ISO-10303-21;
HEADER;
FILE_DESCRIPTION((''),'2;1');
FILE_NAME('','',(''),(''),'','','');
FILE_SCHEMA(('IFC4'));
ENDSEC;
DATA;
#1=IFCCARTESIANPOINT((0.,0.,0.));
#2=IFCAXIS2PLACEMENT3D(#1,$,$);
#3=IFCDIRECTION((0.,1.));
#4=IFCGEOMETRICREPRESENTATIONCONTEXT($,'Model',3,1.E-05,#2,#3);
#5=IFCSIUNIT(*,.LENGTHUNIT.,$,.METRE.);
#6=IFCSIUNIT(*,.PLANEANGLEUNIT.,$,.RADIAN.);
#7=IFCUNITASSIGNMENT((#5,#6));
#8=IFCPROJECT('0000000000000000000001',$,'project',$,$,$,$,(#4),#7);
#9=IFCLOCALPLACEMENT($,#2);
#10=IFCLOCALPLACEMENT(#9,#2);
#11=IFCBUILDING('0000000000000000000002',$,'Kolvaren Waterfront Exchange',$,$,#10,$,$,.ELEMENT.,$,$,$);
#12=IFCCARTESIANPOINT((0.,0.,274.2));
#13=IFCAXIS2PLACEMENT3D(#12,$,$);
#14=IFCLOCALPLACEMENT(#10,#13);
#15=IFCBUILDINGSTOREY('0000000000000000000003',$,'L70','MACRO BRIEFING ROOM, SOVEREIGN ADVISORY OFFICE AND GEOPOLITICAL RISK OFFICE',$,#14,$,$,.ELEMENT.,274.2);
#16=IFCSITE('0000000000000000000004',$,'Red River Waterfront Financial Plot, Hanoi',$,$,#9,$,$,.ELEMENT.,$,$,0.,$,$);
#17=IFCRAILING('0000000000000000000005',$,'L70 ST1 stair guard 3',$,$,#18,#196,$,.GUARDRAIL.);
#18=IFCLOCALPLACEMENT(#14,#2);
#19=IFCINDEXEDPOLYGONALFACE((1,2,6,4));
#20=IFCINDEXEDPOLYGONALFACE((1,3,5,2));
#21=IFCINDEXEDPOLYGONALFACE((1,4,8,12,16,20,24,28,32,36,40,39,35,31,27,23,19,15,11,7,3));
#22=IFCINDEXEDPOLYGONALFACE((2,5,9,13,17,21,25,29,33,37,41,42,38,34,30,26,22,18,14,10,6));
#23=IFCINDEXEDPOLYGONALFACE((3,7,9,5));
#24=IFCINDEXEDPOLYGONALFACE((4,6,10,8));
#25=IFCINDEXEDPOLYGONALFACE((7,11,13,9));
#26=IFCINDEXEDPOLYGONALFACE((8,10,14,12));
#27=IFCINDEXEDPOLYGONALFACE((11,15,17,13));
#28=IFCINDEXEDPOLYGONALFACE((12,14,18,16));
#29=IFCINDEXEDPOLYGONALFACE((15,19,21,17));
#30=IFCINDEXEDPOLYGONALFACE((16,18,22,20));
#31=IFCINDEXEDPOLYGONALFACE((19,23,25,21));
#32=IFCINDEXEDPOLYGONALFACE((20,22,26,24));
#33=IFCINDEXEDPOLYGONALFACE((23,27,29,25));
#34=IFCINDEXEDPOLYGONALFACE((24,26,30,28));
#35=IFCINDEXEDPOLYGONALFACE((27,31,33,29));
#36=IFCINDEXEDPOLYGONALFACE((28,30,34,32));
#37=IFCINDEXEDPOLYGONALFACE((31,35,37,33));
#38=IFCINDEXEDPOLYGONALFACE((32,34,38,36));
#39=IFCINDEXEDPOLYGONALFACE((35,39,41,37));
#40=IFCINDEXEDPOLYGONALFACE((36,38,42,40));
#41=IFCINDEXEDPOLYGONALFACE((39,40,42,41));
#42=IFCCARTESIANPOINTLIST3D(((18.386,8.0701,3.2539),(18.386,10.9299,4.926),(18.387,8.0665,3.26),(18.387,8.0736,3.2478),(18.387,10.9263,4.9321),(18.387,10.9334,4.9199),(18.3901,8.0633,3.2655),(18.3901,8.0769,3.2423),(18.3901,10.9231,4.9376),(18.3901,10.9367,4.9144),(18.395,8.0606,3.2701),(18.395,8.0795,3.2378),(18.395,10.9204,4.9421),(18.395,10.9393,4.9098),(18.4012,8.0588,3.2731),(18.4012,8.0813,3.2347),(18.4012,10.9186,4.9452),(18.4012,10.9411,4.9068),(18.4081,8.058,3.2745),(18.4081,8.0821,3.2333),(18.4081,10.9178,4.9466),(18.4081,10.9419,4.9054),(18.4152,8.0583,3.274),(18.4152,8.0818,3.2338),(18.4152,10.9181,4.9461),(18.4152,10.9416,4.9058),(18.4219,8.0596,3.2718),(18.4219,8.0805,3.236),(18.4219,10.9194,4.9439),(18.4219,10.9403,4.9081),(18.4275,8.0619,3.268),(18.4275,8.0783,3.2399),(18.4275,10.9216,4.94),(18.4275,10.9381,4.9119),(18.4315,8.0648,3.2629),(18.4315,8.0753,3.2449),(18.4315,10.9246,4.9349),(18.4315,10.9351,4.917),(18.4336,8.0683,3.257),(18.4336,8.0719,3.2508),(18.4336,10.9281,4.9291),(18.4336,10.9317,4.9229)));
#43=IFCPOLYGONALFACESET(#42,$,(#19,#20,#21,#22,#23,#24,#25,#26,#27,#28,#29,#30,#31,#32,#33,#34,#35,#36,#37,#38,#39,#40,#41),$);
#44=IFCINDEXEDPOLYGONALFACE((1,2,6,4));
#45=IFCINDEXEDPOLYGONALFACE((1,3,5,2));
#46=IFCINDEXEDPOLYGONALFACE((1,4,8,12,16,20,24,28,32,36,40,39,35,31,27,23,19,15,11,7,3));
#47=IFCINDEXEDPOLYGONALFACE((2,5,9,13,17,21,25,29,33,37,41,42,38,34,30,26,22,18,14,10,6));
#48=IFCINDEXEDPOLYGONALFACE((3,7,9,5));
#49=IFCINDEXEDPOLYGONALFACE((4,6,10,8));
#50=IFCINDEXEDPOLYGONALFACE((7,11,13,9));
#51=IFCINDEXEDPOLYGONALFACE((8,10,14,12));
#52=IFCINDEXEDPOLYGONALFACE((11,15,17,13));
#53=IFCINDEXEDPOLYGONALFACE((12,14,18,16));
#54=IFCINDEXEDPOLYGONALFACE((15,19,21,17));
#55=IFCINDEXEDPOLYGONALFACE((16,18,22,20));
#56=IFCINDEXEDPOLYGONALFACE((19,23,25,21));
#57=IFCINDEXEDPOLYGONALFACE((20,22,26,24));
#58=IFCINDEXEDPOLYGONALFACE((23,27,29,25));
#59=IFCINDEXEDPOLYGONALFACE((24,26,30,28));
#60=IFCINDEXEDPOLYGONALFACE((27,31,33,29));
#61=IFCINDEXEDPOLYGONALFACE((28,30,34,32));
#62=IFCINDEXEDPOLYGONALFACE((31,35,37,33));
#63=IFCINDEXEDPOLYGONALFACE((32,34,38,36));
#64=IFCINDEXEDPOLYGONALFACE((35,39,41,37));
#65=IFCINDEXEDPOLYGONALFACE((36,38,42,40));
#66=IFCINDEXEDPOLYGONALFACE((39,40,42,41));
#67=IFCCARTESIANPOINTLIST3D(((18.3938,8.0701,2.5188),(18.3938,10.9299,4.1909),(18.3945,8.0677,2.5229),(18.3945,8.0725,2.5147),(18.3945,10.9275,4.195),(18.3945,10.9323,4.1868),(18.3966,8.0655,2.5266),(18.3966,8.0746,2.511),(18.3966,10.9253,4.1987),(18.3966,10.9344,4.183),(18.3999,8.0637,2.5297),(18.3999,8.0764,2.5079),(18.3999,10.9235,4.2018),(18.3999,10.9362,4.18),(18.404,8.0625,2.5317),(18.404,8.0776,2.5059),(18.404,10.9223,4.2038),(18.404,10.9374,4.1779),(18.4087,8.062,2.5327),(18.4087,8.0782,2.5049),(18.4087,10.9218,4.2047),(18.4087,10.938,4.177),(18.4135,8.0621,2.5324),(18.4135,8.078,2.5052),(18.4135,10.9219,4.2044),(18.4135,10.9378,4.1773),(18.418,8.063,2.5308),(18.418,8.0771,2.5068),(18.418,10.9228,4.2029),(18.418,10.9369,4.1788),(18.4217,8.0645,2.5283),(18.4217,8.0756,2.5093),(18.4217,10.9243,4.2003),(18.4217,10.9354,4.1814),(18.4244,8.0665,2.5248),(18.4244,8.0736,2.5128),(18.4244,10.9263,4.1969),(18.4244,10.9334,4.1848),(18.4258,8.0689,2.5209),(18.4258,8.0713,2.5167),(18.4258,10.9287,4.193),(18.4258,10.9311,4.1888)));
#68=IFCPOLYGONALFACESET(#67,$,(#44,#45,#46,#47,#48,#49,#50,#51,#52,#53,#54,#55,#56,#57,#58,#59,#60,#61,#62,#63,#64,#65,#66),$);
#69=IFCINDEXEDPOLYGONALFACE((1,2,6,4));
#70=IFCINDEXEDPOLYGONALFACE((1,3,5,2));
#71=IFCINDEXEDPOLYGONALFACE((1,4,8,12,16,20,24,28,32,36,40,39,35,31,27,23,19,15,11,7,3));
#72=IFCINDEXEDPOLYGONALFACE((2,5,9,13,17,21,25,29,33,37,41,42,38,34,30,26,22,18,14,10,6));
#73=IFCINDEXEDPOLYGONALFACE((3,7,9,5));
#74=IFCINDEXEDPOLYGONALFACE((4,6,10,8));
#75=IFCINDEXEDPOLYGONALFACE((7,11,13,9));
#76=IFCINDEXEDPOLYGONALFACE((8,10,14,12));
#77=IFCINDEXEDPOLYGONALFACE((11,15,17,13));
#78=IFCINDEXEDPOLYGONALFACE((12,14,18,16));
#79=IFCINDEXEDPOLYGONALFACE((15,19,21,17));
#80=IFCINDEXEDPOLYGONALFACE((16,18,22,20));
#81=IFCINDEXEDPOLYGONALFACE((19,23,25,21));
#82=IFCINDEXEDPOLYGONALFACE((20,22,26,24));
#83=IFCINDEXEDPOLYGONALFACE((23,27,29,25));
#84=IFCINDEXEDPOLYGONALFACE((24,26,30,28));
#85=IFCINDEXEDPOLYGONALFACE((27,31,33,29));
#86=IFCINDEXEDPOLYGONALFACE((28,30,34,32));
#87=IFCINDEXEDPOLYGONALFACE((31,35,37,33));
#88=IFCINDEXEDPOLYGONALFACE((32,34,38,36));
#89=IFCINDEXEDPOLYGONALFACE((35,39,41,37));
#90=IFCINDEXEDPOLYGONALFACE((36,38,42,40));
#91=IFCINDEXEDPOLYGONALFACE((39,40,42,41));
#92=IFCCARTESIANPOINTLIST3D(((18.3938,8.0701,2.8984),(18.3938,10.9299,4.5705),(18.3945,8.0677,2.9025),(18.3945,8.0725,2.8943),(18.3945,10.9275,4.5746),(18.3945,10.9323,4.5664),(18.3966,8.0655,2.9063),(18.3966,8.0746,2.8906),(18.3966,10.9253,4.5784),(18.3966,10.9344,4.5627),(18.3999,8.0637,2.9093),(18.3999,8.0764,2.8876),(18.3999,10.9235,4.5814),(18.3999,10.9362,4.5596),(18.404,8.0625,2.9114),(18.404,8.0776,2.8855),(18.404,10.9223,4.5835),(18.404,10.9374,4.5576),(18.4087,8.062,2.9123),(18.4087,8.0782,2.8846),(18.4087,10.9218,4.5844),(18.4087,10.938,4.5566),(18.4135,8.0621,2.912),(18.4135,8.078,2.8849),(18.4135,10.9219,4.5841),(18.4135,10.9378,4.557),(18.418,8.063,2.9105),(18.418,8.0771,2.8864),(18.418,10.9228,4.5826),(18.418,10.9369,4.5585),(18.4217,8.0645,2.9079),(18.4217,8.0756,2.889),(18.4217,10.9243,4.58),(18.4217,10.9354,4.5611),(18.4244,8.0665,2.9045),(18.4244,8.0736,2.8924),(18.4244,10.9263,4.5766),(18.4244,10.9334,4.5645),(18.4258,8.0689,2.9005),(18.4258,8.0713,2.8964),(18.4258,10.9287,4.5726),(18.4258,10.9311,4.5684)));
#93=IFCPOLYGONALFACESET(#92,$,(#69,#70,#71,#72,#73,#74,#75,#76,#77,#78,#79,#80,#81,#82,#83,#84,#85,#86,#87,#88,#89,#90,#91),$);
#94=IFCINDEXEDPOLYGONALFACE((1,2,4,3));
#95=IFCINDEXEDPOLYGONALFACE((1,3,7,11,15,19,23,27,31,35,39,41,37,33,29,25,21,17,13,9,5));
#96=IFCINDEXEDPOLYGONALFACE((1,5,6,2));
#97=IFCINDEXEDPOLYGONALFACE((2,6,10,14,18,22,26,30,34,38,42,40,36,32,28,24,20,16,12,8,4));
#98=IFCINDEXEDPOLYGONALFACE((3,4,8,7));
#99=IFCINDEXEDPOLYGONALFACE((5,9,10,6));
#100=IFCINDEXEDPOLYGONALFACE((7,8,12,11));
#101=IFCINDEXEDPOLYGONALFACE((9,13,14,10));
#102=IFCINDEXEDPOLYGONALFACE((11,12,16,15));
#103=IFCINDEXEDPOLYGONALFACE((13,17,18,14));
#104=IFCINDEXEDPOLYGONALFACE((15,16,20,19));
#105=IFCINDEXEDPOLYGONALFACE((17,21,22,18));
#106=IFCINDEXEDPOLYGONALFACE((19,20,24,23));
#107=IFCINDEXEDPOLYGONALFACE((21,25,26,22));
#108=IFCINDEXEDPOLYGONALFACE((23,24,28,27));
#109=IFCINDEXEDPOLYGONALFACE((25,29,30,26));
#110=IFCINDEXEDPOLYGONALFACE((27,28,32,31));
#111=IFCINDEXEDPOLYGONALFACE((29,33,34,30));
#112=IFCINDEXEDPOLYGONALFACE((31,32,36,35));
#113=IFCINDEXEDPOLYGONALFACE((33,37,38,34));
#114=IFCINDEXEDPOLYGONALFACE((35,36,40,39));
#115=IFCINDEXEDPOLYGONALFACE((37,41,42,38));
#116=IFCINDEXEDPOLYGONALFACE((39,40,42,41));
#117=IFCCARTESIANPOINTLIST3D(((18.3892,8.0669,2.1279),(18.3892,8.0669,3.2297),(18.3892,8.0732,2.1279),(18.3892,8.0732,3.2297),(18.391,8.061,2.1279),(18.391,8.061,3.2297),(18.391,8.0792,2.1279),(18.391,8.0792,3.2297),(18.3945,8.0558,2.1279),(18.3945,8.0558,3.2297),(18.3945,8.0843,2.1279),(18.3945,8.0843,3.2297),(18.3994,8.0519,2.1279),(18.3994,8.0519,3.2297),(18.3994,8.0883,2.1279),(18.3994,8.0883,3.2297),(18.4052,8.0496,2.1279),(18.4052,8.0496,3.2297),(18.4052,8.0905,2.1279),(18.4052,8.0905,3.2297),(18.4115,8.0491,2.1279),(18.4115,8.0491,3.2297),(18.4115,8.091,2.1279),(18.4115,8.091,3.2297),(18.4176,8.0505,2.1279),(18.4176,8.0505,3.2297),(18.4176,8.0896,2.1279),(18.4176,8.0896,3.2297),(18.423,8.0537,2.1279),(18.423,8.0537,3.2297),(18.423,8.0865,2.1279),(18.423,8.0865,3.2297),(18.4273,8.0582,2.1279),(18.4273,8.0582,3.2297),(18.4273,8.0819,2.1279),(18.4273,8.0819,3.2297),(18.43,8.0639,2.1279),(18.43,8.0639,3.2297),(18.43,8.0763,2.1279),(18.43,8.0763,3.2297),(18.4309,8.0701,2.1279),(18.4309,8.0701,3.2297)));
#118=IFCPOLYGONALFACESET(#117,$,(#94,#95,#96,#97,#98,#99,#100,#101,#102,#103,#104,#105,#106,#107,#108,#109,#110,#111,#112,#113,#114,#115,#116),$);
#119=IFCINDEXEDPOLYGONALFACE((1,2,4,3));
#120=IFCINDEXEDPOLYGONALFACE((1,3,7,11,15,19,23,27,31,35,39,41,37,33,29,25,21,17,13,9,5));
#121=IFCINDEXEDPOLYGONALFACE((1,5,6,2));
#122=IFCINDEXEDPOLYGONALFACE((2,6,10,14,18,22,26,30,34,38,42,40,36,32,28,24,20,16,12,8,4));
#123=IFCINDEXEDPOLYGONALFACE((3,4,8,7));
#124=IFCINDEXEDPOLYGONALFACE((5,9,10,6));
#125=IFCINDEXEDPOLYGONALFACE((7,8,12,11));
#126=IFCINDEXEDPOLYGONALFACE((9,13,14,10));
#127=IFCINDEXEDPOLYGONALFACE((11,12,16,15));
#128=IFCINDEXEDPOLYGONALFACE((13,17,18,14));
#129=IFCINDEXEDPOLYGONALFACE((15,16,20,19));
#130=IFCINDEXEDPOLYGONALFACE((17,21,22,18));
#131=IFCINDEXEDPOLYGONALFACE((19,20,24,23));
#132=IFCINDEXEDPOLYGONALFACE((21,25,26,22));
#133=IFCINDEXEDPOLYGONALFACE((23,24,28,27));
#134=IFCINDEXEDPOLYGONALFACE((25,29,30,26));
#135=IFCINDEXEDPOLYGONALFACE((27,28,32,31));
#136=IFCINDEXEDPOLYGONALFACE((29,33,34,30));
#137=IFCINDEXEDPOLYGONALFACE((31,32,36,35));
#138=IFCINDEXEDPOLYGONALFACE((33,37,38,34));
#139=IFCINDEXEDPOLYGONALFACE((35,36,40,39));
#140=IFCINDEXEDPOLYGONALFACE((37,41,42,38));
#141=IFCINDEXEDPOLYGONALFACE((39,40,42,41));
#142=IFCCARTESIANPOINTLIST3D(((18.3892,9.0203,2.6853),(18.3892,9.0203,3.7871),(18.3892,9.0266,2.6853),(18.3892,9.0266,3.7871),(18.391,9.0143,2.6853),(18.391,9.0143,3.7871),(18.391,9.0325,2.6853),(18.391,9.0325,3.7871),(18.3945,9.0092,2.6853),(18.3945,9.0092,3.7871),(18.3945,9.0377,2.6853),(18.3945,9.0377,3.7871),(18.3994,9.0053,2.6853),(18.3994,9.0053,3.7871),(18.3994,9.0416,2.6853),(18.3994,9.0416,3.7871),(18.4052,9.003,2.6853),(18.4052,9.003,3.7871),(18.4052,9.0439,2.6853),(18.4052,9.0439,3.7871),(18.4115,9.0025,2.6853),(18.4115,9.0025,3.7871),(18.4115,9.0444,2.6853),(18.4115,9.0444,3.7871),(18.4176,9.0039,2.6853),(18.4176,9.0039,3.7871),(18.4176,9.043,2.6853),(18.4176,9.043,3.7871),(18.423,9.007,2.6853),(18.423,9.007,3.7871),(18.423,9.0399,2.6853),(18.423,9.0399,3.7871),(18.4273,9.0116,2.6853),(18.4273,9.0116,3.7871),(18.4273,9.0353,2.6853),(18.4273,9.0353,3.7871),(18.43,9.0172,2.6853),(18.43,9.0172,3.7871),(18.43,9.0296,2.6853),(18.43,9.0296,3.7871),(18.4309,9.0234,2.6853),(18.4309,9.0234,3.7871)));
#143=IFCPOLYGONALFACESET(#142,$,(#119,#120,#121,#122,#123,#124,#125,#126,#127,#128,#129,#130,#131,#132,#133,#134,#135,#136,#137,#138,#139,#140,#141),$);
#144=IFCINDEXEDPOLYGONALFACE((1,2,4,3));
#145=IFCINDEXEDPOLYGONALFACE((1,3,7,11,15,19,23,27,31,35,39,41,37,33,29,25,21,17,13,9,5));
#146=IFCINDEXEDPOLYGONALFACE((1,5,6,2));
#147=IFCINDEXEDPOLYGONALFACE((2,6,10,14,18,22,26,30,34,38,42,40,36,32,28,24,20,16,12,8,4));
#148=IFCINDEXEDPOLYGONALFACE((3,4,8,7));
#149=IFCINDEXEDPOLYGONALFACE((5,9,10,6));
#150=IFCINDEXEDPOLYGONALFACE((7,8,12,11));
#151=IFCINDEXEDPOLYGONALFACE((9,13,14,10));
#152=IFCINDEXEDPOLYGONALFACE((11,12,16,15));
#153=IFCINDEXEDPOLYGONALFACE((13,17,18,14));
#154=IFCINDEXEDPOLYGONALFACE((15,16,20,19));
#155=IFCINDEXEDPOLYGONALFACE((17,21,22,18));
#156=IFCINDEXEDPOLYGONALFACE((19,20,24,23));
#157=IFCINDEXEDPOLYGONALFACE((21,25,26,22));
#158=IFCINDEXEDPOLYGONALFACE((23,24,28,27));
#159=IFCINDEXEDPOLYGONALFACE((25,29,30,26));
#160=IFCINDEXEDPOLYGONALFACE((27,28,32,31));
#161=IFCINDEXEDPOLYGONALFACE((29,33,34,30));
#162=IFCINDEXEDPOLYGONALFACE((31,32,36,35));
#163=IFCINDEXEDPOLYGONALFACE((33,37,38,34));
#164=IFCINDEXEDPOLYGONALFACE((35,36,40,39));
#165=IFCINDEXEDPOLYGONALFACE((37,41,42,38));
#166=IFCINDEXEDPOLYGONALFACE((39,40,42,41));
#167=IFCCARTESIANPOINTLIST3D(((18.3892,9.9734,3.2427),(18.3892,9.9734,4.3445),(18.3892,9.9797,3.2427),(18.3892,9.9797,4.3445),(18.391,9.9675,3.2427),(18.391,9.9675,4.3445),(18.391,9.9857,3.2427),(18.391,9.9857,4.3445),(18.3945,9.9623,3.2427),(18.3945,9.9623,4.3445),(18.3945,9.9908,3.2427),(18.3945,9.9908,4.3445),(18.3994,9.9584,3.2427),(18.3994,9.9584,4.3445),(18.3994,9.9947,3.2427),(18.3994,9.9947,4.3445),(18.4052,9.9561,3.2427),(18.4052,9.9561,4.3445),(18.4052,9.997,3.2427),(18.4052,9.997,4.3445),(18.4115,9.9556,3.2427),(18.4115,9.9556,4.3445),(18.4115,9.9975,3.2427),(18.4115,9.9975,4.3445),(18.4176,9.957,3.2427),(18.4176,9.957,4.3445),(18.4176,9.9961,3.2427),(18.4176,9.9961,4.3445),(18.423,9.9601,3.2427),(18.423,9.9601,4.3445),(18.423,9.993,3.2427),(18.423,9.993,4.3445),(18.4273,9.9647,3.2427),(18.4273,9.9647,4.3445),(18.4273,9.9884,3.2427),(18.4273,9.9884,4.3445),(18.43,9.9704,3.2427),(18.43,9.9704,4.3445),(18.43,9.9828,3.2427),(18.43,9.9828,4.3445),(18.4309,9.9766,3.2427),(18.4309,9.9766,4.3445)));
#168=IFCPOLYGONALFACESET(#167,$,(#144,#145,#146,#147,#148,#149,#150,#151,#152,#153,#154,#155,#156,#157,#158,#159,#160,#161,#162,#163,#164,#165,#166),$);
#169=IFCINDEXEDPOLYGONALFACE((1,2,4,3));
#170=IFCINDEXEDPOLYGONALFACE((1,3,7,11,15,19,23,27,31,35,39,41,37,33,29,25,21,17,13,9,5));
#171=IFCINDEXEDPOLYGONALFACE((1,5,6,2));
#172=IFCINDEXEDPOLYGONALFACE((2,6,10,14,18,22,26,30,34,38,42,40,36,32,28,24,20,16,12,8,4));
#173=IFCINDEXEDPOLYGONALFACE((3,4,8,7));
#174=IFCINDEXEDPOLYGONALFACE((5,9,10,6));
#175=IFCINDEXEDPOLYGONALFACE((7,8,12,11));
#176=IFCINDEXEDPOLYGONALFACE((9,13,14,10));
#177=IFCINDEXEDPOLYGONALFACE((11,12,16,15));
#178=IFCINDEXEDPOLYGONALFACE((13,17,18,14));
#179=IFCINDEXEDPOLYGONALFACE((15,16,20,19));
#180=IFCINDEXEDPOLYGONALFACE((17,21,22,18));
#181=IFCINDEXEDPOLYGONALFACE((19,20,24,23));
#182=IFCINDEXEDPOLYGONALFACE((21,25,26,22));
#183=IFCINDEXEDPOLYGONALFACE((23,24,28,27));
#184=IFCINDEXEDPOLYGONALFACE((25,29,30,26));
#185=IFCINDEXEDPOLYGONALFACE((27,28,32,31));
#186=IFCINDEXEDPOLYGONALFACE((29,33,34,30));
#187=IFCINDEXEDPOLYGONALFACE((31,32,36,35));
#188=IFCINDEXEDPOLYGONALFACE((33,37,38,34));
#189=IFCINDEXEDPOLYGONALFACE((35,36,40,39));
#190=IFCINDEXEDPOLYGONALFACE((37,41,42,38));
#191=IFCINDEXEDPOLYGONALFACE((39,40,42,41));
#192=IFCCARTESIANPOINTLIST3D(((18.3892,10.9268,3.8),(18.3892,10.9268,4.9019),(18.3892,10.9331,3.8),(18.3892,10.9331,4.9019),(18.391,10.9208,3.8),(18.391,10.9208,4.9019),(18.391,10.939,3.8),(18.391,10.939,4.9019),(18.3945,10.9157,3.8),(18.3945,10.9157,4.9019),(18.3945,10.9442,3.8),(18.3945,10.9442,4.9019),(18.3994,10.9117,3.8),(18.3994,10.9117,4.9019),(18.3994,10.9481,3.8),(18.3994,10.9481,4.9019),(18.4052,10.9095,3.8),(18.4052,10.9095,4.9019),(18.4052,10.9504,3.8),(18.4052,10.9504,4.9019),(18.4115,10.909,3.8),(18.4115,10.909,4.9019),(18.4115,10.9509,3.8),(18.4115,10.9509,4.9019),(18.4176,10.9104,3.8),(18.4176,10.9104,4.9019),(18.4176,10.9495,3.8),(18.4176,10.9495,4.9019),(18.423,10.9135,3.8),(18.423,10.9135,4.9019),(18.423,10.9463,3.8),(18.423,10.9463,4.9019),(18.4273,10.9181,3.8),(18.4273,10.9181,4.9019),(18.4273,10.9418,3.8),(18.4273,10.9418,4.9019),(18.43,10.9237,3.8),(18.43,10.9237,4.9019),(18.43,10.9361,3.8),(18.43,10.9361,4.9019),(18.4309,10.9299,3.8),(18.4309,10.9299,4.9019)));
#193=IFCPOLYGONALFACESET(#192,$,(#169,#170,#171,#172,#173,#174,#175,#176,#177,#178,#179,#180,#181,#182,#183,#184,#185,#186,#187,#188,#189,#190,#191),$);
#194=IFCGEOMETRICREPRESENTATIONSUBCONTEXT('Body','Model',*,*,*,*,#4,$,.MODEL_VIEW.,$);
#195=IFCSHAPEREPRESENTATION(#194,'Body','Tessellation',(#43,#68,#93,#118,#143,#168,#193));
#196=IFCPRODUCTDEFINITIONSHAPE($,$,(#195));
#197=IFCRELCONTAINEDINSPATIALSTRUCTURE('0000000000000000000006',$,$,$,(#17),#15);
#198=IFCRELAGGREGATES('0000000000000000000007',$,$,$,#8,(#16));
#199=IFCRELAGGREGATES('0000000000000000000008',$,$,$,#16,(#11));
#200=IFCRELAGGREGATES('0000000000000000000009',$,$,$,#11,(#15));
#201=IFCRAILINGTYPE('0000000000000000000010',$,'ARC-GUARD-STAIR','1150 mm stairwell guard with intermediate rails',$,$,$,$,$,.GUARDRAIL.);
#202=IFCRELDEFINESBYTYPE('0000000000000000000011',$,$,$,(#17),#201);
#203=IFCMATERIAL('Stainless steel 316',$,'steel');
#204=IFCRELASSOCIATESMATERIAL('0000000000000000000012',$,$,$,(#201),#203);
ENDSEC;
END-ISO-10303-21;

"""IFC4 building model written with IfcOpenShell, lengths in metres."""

from ifc_helpers import new_model, si_unit, direction, frame, origin, origin_2d, place, context, subcontext, project, spatial, circle, extrude, material, type_object, element, save


model = new_model("IFC4")

# Units and contexts
model_context = context("Model", 3, precision=1e-05, world=origin(), true_north=direction((0.0, 1.0)))
body_context = subcontext(model_context, "Body", "Model", "MODEL_VIEW")
ifc_project = project(units=[si_unit("LENGTHUNIT", "METRE"), si_unit("PLANEANGLEUNIT", "RADIAN")], contexts=[model_context])

# Site, building, storey
site_placement = place(None, origin())
site = spatial("IfcSite", under=ifc_project, at=site_placement, Name="Red River Waterfront Financial Plot, Hanoi", CompositionType="ELEMENT", RefElevation=0.0)
building_placement = place(site_placement, origin())
building = spatial("IfcBuilding", under=site, at=building_placement, Name="Kolvaren Waterfront Exchange", CompositionType="ELEMENT")
storey_placement = place(building_placement, frame((0.0, 0.0, 274.2)))
storey = spatial("IfcBuildingStorey", under=building, at=storey_placement, Name="L70", Description="MACRO BRIEFING ROOM, SOVEREIGN ADVISORY OFFICE AND GEOPOLITICAL RISK OFFICE", CompositionType="ELEMENT", Elevation=274.2)

# Railing
ifc_material_1 = material(Name="Stainless steel 316", Category="steel")
railing_type_1 = type_object("IfcRailingType", Name="ARC-GUARD-STAIR", Description="1150 mm stairwell guard with intermediate rails", PredefinedType="GUARDRAIL", material=ifc_material_1)
railing_1_placement = place(storey_placement, frame((18.4099, 8.0701, 2.1279)))
element("IfcRailing", 1, at=railing_1_placement, inside=storey, type_object=railing_type_1, Name="L70 ST1 stair guard 3", PredefinedType="GUARDRAIL", context=body_context, shape_type="SweptSolid", body=[
    extrude(circle(Radius=0.0239, at=origin_2d()), frame((0.0, 0.0, 1.126), z_axis=(0.0, 0.863271, 0.504741), x_axis=(-1.0, 0.0, 0.0)), (0.0, 0.0, 1.0), 3.3127),
    extrude(circle(Radius=0.0161, at=origin_2d()), frame((0.0, 0.0, 0.3909), z_axis=(0.0, 0.863271, 0.504741), x_axis=(-1.0, 0.0, 0.0)), (0.0, 0.0, 1.0), 3.3127),
    extrude(circle(Radius=0.0161, at=origin_2d()), frame((0.0, 0.0, 0.7705), z_axis=(0.0, 0.863271, 0.504741), x_axis=(-1.0, 0.0, 0.0)), (0.0, 0.0, 1.0), 3.3127),
    extrude(circle(Radius=0.021, at=origin_2d()), origin(), (0.0, 0.0, 1.0), 1.1018),
    extrude(circle(Radius=0.021, at=origin_2d()), frame((0.0, 0.9534, 0.5574)), (0.0, 0.0, 1.0), 1.1018),
    extrude(circle(Radius=0.021, at=origin_2d()), frame((0.0, 1.9065, 1.1147)), (0.0, 0.0, 1.0), 1.1018),
    extrude(circle(Radius=0.021, at=origin_2d()), frame((0.0, 2.8599, 1.6721)), (0.0, 0.0, 1.0), 1.1018),
])

save(model, "model.ifc")
